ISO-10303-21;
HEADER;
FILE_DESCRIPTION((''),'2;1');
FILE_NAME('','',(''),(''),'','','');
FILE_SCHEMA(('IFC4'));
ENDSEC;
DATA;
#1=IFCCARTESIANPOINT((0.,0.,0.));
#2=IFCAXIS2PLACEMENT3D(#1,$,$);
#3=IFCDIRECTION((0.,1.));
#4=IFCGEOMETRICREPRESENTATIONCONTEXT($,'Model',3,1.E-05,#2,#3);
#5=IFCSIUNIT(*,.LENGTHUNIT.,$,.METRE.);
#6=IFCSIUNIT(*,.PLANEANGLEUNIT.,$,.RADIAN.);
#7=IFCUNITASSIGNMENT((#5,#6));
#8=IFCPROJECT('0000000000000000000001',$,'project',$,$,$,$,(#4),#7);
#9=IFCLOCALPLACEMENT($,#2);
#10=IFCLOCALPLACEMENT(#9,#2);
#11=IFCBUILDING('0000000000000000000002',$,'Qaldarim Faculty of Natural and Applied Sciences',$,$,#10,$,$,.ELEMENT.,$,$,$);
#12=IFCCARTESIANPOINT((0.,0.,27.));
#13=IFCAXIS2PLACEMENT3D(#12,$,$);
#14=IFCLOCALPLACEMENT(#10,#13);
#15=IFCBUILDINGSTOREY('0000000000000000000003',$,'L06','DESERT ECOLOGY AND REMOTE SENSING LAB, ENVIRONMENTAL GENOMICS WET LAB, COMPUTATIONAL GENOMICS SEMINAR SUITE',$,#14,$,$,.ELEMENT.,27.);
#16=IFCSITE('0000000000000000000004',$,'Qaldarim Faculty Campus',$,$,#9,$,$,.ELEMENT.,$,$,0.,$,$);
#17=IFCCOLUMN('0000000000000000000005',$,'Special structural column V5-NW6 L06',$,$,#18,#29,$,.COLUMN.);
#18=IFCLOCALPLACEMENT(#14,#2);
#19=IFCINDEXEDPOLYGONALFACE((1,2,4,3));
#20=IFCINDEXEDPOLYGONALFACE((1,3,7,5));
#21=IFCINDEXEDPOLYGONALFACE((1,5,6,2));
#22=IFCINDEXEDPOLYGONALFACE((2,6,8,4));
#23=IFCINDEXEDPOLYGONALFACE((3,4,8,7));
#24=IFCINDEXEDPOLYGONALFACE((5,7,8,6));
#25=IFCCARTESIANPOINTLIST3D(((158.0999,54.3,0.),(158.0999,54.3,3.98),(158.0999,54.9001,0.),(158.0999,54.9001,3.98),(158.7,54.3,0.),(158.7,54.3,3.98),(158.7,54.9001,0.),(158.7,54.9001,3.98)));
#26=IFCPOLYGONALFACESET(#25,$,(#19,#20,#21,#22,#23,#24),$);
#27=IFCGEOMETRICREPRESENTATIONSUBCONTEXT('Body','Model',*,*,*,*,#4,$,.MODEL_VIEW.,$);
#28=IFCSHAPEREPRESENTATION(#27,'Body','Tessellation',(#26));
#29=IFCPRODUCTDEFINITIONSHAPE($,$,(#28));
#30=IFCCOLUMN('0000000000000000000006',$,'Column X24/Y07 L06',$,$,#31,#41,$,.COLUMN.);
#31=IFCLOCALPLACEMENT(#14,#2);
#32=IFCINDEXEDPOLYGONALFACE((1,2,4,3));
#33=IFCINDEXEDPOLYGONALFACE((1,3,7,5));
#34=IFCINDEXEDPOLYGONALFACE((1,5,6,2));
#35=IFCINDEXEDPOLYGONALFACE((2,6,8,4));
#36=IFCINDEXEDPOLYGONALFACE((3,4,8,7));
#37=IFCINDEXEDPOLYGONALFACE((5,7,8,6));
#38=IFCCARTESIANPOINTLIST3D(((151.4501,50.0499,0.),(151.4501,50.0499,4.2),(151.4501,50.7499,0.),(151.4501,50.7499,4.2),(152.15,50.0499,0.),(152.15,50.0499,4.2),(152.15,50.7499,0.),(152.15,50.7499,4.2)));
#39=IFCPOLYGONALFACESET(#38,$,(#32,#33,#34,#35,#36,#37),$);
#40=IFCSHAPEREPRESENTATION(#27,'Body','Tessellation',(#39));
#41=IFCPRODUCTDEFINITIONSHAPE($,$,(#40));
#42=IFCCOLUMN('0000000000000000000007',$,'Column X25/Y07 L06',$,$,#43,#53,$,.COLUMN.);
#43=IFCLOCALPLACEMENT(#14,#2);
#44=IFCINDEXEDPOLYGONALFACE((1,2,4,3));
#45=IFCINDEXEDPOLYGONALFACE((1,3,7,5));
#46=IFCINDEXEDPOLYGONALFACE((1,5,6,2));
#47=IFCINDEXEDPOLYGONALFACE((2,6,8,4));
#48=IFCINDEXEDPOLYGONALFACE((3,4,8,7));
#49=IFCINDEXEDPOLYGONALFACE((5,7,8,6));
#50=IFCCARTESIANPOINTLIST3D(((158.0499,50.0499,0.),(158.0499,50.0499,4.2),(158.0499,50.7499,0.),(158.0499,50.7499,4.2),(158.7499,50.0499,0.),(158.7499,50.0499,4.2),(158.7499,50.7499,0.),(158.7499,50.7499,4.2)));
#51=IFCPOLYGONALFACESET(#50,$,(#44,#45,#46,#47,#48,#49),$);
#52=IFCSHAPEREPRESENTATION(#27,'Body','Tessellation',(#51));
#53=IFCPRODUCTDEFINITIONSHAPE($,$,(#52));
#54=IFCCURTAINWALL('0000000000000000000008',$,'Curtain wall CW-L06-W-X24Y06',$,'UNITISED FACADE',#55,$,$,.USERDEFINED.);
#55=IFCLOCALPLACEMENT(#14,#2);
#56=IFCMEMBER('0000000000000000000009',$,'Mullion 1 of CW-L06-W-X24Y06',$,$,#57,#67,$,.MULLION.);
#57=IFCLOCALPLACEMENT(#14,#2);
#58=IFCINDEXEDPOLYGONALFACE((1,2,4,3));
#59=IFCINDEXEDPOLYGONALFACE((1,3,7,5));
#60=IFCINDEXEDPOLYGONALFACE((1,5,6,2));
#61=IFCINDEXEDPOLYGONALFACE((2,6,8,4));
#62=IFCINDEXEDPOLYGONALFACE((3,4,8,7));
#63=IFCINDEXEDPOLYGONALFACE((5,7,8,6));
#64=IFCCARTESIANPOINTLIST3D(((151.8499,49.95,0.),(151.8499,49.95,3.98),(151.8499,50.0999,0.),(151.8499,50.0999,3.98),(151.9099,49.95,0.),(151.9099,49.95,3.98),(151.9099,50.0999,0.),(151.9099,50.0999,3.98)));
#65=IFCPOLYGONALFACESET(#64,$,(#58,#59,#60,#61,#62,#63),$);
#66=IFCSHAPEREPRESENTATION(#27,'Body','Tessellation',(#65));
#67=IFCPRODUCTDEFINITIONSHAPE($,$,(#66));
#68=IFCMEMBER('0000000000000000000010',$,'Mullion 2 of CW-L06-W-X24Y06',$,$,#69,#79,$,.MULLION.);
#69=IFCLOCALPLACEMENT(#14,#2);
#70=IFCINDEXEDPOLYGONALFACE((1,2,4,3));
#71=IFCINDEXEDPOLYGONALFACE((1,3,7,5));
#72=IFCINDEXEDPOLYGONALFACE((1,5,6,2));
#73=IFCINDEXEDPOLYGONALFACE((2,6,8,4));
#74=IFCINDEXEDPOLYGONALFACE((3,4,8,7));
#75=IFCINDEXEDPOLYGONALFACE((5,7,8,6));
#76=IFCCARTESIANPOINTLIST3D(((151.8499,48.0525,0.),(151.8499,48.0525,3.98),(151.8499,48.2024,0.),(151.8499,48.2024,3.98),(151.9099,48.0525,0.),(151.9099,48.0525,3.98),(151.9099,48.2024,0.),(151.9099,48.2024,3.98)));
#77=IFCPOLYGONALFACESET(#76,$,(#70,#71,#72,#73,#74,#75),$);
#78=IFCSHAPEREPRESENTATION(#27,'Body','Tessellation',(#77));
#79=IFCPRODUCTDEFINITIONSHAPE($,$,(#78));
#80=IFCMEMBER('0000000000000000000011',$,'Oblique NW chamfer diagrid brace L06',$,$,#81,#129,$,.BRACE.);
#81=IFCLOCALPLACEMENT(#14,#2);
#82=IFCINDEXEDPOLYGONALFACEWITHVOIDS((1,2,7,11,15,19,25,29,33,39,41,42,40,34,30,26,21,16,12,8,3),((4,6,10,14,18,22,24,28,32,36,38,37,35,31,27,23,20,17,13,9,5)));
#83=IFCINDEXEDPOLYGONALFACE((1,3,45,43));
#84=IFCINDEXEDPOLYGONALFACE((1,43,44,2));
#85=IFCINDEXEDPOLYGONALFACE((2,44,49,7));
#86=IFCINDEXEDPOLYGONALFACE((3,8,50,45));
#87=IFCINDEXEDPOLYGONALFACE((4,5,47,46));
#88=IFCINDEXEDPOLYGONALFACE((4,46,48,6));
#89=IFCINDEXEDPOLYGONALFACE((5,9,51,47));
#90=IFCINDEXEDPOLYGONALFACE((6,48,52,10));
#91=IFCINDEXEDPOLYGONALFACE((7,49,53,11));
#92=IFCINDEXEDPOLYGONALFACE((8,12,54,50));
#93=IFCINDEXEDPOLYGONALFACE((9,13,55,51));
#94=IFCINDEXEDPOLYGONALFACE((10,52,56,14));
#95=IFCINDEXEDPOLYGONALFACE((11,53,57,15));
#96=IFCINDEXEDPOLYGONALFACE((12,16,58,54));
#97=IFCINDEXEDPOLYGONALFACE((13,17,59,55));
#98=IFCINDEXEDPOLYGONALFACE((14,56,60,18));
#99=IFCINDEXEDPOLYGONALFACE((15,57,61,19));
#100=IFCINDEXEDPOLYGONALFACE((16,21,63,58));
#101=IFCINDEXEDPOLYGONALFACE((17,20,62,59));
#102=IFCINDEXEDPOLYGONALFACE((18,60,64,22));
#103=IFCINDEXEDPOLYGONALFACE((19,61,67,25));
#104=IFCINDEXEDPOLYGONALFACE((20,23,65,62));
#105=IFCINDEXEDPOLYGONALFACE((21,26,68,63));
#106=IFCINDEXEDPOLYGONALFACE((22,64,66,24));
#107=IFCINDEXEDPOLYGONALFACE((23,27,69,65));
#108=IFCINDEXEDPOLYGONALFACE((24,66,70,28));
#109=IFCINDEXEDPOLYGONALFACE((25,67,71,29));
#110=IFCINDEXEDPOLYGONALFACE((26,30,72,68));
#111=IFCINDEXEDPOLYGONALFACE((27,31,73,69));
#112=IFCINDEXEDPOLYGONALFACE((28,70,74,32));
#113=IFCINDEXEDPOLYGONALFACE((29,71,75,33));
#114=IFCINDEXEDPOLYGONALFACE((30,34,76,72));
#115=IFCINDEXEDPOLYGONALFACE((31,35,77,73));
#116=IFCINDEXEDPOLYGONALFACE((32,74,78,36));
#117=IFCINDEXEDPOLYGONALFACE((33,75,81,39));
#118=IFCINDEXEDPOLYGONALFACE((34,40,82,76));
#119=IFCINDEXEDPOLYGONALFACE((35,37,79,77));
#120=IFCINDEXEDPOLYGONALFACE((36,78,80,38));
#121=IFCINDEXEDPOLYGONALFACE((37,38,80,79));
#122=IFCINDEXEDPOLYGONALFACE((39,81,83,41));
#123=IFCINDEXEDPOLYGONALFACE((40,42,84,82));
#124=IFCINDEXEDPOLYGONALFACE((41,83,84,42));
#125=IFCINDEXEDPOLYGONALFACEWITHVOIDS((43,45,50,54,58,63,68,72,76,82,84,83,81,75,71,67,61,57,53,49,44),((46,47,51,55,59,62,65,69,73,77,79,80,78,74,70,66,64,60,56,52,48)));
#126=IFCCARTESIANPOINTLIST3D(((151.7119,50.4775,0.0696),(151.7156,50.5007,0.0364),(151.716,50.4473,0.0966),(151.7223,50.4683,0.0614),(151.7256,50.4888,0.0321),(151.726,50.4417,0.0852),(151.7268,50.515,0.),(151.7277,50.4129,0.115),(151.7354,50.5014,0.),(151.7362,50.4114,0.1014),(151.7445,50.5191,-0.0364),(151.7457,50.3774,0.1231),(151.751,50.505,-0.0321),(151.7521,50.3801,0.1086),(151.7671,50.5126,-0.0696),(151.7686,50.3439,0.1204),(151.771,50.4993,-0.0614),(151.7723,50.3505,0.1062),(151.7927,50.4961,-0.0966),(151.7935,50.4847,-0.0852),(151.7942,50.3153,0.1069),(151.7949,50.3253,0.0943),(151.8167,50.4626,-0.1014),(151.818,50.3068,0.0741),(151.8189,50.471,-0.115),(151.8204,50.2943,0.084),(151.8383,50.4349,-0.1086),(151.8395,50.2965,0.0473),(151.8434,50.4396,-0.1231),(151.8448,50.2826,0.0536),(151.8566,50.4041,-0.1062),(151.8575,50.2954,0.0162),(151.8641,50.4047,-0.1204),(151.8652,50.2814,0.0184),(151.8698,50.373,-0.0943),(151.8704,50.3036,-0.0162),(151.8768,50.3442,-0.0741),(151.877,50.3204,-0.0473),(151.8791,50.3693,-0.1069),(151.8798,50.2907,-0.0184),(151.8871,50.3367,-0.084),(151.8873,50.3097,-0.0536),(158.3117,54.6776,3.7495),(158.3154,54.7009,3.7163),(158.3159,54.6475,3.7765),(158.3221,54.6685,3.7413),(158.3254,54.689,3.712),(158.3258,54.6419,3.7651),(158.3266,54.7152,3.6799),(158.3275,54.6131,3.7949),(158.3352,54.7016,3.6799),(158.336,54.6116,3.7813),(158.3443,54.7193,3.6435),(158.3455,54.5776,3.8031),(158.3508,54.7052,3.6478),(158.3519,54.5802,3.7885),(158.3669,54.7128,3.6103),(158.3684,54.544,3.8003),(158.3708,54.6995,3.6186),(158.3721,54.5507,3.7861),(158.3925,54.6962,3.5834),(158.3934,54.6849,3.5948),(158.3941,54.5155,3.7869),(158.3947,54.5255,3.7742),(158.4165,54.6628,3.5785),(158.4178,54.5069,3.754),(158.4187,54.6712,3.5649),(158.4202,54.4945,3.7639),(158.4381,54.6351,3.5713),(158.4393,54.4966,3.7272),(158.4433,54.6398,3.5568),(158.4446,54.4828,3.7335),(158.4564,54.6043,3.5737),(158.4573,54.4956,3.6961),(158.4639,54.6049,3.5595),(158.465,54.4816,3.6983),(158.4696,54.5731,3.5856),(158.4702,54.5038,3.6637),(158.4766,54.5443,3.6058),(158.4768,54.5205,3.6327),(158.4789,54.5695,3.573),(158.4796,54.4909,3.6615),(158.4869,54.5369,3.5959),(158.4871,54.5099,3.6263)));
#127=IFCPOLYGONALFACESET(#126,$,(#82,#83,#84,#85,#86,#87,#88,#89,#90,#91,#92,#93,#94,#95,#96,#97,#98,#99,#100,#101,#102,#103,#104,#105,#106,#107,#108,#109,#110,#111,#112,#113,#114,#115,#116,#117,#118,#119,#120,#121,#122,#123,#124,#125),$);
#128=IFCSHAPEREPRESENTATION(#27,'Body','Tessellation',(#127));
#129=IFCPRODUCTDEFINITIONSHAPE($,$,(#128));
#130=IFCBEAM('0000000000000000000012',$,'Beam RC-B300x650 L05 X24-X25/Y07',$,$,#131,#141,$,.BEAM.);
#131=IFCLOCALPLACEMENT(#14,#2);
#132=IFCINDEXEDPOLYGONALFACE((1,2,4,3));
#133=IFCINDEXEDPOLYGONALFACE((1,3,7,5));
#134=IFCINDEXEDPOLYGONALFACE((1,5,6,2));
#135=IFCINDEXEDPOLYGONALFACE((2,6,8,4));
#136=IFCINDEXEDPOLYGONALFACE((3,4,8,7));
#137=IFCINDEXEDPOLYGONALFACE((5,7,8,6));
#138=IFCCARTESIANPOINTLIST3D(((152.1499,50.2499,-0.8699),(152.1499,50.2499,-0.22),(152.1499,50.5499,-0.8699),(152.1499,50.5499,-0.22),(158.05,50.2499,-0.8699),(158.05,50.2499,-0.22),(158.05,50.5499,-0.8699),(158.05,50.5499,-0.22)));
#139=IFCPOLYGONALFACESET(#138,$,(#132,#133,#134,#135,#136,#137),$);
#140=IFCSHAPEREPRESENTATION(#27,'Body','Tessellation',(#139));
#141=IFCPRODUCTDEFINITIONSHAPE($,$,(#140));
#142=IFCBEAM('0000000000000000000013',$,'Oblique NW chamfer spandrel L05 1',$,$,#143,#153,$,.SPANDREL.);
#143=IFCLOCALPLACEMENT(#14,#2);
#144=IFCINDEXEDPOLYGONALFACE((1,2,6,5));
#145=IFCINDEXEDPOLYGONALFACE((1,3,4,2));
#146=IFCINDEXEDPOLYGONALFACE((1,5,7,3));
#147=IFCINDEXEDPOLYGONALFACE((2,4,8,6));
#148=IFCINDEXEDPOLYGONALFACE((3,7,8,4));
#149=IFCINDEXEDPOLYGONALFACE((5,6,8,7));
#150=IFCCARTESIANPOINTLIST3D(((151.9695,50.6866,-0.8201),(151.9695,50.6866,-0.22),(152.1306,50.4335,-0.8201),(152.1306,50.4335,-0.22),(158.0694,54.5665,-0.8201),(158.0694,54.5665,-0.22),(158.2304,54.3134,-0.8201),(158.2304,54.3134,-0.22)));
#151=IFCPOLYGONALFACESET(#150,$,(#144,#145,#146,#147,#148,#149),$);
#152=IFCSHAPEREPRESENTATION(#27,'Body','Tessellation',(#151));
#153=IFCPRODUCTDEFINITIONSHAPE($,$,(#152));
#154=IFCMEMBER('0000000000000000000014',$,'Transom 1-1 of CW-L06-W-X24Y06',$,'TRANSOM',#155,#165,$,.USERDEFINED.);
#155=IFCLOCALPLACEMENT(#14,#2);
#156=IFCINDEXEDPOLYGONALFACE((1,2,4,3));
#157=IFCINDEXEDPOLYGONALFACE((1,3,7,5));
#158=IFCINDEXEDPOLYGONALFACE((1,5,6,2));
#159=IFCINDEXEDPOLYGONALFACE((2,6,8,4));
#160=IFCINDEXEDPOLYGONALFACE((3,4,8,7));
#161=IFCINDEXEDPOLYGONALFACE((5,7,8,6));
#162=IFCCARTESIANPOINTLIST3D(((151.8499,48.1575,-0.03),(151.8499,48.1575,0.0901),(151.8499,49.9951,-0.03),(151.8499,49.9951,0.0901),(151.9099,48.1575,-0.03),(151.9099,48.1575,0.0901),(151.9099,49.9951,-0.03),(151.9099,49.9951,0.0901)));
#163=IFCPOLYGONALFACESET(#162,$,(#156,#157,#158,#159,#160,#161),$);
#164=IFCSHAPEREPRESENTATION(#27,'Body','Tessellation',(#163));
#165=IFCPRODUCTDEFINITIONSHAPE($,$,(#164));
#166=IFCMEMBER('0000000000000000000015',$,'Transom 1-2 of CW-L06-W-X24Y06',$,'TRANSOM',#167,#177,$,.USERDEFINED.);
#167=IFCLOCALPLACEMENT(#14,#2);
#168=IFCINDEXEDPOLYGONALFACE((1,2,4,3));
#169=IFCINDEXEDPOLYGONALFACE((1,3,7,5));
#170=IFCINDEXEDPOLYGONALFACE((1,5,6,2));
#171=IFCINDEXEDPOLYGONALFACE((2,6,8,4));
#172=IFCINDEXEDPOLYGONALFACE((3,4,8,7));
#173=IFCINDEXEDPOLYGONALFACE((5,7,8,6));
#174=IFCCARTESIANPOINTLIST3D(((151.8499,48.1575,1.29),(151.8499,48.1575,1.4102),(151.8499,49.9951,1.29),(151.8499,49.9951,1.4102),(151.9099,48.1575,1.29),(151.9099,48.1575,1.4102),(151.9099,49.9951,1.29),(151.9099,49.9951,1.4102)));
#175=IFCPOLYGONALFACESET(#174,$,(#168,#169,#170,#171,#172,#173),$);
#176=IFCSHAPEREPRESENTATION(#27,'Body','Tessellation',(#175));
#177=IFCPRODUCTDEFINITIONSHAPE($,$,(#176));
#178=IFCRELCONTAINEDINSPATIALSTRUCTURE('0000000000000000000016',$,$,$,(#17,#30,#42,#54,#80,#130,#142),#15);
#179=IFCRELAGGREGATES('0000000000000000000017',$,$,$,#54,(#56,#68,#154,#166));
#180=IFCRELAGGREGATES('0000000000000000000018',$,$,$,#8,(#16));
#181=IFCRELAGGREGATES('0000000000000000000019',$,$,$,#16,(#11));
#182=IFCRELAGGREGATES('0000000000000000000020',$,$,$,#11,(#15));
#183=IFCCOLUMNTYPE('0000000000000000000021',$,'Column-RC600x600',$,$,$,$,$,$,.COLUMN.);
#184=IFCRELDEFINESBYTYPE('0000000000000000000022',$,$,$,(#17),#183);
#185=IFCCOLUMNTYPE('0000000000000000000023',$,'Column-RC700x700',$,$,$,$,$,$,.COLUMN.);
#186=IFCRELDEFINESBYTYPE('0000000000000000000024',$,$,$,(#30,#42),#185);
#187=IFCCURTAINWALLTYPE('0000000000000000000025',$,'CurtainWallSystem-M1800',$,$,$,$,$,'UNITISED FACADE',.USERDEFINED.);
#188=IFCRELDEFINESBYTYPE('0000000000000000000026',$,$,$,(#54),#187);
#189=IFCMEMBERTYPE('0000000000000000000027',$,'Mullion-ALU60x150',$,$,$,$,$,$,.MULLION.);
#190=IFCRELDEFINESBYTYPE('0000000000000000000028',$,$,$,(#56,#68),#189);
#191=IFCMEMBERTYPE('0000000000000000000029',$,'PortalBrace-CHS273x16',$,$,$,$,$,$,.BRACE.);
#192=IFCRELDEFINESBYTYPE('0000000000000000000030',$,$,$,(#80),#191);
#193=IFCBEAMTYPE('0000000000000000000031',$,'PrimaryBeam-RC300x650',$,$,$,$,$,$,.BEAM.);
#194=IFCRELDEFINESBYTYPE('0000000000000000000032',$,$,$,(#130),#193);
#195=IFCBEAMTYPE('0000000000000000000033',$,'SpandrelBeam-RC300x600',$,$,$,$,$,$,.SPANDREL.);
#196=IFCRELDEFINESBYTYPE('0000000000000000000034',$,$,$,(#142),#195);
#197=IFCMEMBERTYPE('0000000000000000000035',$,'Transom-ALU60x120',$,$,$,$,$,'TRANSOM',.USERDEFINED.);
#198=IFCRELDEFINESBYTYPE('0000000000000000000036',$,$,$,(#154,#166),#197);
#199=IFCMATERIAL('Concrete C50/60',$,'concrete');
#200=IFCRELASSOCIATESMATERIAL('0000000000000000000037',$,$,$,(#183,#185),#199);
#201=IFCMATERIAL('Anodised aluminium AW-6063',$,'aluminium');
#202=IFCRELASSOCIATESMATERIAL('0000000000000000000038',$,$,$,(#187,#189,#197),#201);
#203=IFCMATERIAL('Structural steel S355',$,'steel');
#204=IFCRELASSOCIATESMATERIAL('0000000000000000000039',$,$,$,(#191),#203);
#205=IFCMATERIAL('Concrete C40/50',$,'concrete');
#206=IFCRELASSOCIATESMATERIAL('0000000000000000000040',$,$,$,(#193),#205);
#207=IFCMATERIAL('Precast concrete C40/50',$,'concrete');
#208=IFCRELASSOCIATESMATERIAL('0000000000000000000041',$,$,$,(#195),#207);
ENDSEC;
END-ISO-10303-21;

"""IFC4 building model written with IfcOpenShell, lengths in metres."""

from ifc_helpers import new_model, si_unit, direction, frame, origin, origin_2d, place, context, subcontext, project, spatial, rectangle, hollow_circle, extrude, material, material_profile, profile_set, type_object, element, aggregate, save


model = new_model("IFC4")

# Units and contexts
model_context = context("Model", 3, precision=1e-05, world=origin(), true_north=direction((0.0, 1.0)))
body_context = subcontext(model_context, "Body", "Model", "MODEL_VIEW")
ifc_project = project(units=[si_unit("LENGTHUNIT", "METRE"), si_unit("PLANEANGLEUNIT", "RADIAN")], contexts=[model_context])

# Site, building, storey
site_placement = place(None, origin())
site = spatial("IfcSite", under=ifc_project, at=site_placement, Name="Qaldarim Faculty Campus", CompositionType="ELEMENT", RefElevation=0.0)
building_placement = place(site_placement, origin())
building = spatial("IfcBuilding", under=site, at=building_placement, Name="Qaldarim Faculty of Natural and Applied Sciences", CompositionType="ELEMENT")
storey_placement = place(building_placement, frame((0.0, 0.0, 27.0)))
storey = spatial("IfcBuildingStorey", under=building, at=storey_placement, Name="L06", Description="DESERT ECOLOGY AND REMOTE SENSING LAB, ENVIRONMENTAL GENOMICS WET LAB, COMPUTATIONAL GENOMICS SEMINAR SUITE", CompositionType="ELEMENT", Elevation=27.0)

# Columns
ifc_material_1 = material(Name="Concrete C50/60", Category="concrete")
ifc_material_profile_1 = material_profile(ifc_material_1, rectangle(XDim=0.6001, YDim=0.6001, at=origin_2d()), Name="RC-C600x600")
ifc_profile_set_1 = profile_set([ifc_material_profile_1], Name="Concrete C50/60")
column_type_1 = type_object("IfcColumnType", Name="Column-RC600x600", PredefinedType="COLUMN", material=ifc_profile_set_1)
column_placement = place(storey_placement, frame((158.3999, 54.6001, 0.0), z_axis=(0.0, 0.0, 1.0), x_axis=(1.0, 0.0, 0.0)))
element("IfcColumn", 1, at=column_placement, inside=storey, type_object=column_type_1, Name="Special structural column V5-NW6 L06", PredefinedType="COLUMN", context=body_context, shape_type="SweptSolid", body=[
    extrude(rectangle(XDim=0.6001, YDim=0.6001, at=origin_2d()), origin(), (0.0, 0.0, 1.0), 3.98),
])
ifc_material_profile_2 = material_profile(ifc_material_1, rectangle(XDim=0.7, YDim=0.7, at=origin_2d()), Name="RC-C700x700")
ifc_profile_set_2 = profile_set([ifc_material_profile_2], Name="Concrete C50/60")
column_type_2 = type_object("IfcColumnType", Name="Column-RC700x700", PredefinedType="COLUMN", material=ifc_profile_set_2)
for number, where, z_axis, x_axis, name in (
    (2, (151.8, 50.3999, 0.0), (0.0, 0.0, 1.0), (1.0, 0.0, 0.0), "Column X24/Y07 L06"),
    (3, (158.3999, 50.3999, 0.0), (0.0, 0.0, 1.0), (1.0, 0.0, 0.0), "Column X25/Y07 L06"),
):
    element("IfcColumn", number, at=place(storey_placement, frame(where, z_axis=z_axis, x_axis=x_axis)), inside=storey, type_object=column_type_2, Name=name, PredefinedType="COLUMN", context=body_context, shape_type="SweptSolid", body=[
        extrude(rectangle(XDim=0.7, YDim=0.7, at=origin_2d()), origin(), (0.0, 0.0, 1.0), 4.2),
    ])

# Curtain wall, members
ifc_material_2 = material(Name="Anodised aluminium AW-6063", Category="aluminium")
curtain_wall_type = type_object("IfcCurtainWallType", Name="CurtainWallSystem-M1800", ElementType="UNITISED FACADE", PredefinedType="USERDEFINED", material=ifc_material_2)
curtain_wall_placement = place(storey_placement, origin())
curtain_wall = element("IfcCurtainWall", 4, at=curtain_wall_placement, inside=storey, type_object=curtain_wall_type, Name="Curtain wall CW-L06-W-X24Y06", ObjectType="UNITISED FACADE", PredefinedType="USERDEFINED")
ifc_material_profile_3 = material_profile(ifc_material_2, rectangle(XDim=0.0601, YDim=0.1499, at=origin_2d()), Name="ALU-M60x150")
ifc_profile_set_3 = profile_set([ifc_material_profile_3], Name="Anodised aluminium AW-6063")
member_type_1 = type_object("IfcMemberType", Name="Mullion-ALU60x150", PredefinedType="MULLION", material=ifc_profile_set_3)
member_1_placement = place(storey_placement, frame((151.8799, 50.0249, 0.0), z_axis=(0.0, 0.0, 1.0), x_axis=(1.0, 0.0, 0.0)))
member_1 = element("IfcMember", 5, at=member_1_placement, type_object=member_type_1, Name="Mullion 1 of CW-L06-W-X24Y06", PredefinedType="MULLION", context=body_context, shape_type="SweptSolid", body=[
    extrude(rectangle(XDim=0.0601, YDim=0.1499, at=origin_2d()), origin(), (0.0, 0.0, 1.0), 3.98),
])
member_2_placement = place(storey_placement, frame((151.8799, 48.1274, 0.0), z_axis=(0.0, 0.0, 1.0), x_axis=(1.0, 0.0, 0.0)))
member_2 = element("IfcMember", 6, at=member_2_placement, type_object=member_type_1, Name="Mullion 2 of CW-L06-W-X24Y06", PredefinedType="MULLION", context=body_context, shape_type="SweptSolid", body=[
    extrude(rectangle(XDim=0.0601, YDim=0.1499, at=origin_2d()), origin(), (0.0, 0.0, 1.0), 3.98),
])

# Member
ifc_material_3 = material(Name="Structural steel S355", Category="steel")
ifc_material_profile_4 = material_profile(ifc_material_3, hollow_circle(Radius=0.1365, WallThickness=0.0161, at=origin_2d()), Name="CHS 273.0x16.0")
ifc_profile_set_4 = profile_set([ifc_material_profile_4], Name="Structural steel S355")
member_type_2 = type_object("IfcMemberType", Name="PortalBrace-CHS273x16", PredefinedType="BRACE", material=ifc_profile_set_4)
member_3_placement = place(storey_placement, frame((151.8, 50.3999, 0.0), z_axis=(0.763402, 0.485834, 0.425656), x_axis=(-0.536902, 0.843645, 0.0)))
element("IfcMember", 7, at=member_3_placement, inside=storey, type_object=member_type_2, Name="Oblique NW chamfer diagrid brace L06", PredefinedType="BRACE", context=body_context, shape_type="SweptSolid", body=[
    extrude(hollow_circle(Radius=0.1365, WallThickness=0.0161, at=origin_2d()), origin(), (0.0, 0.0, 1.0), 8.6453),
])

# Beams
ifc_material_4 = material(Name="Concrete C40/50", Category="concrete")
ifc_material_profile_5 = material_profile(ifc_material_4, rectangle(XDim=0.3, YDim=0.6499, at=origin_2d()), Name="RC-B300x650")
ifc_profile_set_5 = profile_set([ifc_material_profile_5], Name="Concrete C40/50")
beam_type_1 = type_object("IfcBeamType", Name="PrimaryBeam-RC300x650", PredefinedType="BEAM", material=ifc_profile_set_5)
beam_1_placement = place(storey_placement, frame((152.1499, 50.3999, -0.5449), z_axis=(1.0, 0.0, 0.0), x_axis=(0.0, 1.0, 0.0)))
element("IfcBeam", 8, at=beam_1_placement, inside=storey, type_object=beam_type_1, Name="Beam RC-B300x650 L05 X24-X25/Y07", PredefinedType="BEAM", context=body_context, shape_type="SweptSolid", body=[
    extrude(rectangle(XDim=0.3, YDim=0.6499, at=origin_2d()), origin(), (0.0, 0.0, 1.0), 5.9001),
])
ifc_material_5 = material(Name="Precast concrete C40/50", Category="concrete")
ifc_material_profile_6 = material_profile(ifc_material_5, rectangle(XDim=0.3, YDim=0.6001, at=origin_2d()), Name="RC-SP300x600")
ifc_profile_set_6 = profile_set([ifc_material_profile_6], Name="Precast concrete C40/50")
beam_type_2 = type_object("IfcBeamType", Name="SpandrelBeam-RC300x600", PredefinedType="SPANDREL", material=ifc_profile_set_6)
beam_2_placement = place(storey_placement, frame((152.05, 50.5601, -0.52), z_axis=(0.843777, 0.536694, 0.0), x_axis=(-0.536694, 0.843777, 0.0)))
element("IfcBeam", 9, at=beam_2_placement, inside=storey, type_object=beam_type_2, Name="Oblique NW chamfer spandrel L05 1", PredefinedType="SPANDREL", context=body_context, shape_type="SweptSolid", body=[
    extrude(rectangle(XDim=0.3, YDim=0.6001, at=origin_2d()), origin(), (0.0, 0.0, 1.0), 7.2292),
])

# Members
ifc_material_profile_7 = material_profile(ifc_material_2, rectangle(XDim=0.0601, YDim=0.1201, at=origin_2d()), Name="ALU-T60x120")
ifc_profile_set_7 = profile_set([ifc_material_profile_7], Name="Anodised aluminium AW-6063")
member_type_3 = type_object("IfcMemberType", Name="Transom-ALU60x120", ElementType="TRANSOM", PredefinedType="USERDEFINED", material=ifc_profile_set_7)
member_4_placement = place(storey_placement, frame((151.8799, 49.9951, 0.03), z_axis=(0.0, -1.0, 0.0), x_axis=(1.0, 0.0, 0.0)))
member_4 = element("IfcMember", 10, at=member_4_placement, type_object=member_type_3, Name="Transom 1-1 of CW-L06-W-X24Y06", ObjectType="TRANSOM", PredefinedType="USERDEFINED", context=body_context, shape_type="SweptSolid", body=[
    extrude(rectangle(XDim=0.0601, YDim=0.1201, at=origin_2d()), origin(), (0.0, 0.0, 1.0), 1.8376),
])
member_5_placement = place(storey_placement, frame((151.8799, 49.9951, 1.3501), z_axis=(0.0, -1.0, 0.0), x_axis=(1.0, 0.0, 0.0)))
member_5 = element("IfcMember", 11, at=member_5_placement, type_object=member_type_3, Name="Transom 1-2 of CW-L06-W-X24Y06", ObjectType="TRANSOM", PredefinedType="USERDEFINED", context=body_context, shape_type="SweptSolid", body=[
    extrude(rectangle(XDim=0.0601, YDim=0.1201, at=origin_2d()), origin(), (0.0, 0.0, 1.0), 1.8376),
])

aggregate(curtain_wall, [member_1, member_2, member_4, member_5])

save(model, "model.ifc")
